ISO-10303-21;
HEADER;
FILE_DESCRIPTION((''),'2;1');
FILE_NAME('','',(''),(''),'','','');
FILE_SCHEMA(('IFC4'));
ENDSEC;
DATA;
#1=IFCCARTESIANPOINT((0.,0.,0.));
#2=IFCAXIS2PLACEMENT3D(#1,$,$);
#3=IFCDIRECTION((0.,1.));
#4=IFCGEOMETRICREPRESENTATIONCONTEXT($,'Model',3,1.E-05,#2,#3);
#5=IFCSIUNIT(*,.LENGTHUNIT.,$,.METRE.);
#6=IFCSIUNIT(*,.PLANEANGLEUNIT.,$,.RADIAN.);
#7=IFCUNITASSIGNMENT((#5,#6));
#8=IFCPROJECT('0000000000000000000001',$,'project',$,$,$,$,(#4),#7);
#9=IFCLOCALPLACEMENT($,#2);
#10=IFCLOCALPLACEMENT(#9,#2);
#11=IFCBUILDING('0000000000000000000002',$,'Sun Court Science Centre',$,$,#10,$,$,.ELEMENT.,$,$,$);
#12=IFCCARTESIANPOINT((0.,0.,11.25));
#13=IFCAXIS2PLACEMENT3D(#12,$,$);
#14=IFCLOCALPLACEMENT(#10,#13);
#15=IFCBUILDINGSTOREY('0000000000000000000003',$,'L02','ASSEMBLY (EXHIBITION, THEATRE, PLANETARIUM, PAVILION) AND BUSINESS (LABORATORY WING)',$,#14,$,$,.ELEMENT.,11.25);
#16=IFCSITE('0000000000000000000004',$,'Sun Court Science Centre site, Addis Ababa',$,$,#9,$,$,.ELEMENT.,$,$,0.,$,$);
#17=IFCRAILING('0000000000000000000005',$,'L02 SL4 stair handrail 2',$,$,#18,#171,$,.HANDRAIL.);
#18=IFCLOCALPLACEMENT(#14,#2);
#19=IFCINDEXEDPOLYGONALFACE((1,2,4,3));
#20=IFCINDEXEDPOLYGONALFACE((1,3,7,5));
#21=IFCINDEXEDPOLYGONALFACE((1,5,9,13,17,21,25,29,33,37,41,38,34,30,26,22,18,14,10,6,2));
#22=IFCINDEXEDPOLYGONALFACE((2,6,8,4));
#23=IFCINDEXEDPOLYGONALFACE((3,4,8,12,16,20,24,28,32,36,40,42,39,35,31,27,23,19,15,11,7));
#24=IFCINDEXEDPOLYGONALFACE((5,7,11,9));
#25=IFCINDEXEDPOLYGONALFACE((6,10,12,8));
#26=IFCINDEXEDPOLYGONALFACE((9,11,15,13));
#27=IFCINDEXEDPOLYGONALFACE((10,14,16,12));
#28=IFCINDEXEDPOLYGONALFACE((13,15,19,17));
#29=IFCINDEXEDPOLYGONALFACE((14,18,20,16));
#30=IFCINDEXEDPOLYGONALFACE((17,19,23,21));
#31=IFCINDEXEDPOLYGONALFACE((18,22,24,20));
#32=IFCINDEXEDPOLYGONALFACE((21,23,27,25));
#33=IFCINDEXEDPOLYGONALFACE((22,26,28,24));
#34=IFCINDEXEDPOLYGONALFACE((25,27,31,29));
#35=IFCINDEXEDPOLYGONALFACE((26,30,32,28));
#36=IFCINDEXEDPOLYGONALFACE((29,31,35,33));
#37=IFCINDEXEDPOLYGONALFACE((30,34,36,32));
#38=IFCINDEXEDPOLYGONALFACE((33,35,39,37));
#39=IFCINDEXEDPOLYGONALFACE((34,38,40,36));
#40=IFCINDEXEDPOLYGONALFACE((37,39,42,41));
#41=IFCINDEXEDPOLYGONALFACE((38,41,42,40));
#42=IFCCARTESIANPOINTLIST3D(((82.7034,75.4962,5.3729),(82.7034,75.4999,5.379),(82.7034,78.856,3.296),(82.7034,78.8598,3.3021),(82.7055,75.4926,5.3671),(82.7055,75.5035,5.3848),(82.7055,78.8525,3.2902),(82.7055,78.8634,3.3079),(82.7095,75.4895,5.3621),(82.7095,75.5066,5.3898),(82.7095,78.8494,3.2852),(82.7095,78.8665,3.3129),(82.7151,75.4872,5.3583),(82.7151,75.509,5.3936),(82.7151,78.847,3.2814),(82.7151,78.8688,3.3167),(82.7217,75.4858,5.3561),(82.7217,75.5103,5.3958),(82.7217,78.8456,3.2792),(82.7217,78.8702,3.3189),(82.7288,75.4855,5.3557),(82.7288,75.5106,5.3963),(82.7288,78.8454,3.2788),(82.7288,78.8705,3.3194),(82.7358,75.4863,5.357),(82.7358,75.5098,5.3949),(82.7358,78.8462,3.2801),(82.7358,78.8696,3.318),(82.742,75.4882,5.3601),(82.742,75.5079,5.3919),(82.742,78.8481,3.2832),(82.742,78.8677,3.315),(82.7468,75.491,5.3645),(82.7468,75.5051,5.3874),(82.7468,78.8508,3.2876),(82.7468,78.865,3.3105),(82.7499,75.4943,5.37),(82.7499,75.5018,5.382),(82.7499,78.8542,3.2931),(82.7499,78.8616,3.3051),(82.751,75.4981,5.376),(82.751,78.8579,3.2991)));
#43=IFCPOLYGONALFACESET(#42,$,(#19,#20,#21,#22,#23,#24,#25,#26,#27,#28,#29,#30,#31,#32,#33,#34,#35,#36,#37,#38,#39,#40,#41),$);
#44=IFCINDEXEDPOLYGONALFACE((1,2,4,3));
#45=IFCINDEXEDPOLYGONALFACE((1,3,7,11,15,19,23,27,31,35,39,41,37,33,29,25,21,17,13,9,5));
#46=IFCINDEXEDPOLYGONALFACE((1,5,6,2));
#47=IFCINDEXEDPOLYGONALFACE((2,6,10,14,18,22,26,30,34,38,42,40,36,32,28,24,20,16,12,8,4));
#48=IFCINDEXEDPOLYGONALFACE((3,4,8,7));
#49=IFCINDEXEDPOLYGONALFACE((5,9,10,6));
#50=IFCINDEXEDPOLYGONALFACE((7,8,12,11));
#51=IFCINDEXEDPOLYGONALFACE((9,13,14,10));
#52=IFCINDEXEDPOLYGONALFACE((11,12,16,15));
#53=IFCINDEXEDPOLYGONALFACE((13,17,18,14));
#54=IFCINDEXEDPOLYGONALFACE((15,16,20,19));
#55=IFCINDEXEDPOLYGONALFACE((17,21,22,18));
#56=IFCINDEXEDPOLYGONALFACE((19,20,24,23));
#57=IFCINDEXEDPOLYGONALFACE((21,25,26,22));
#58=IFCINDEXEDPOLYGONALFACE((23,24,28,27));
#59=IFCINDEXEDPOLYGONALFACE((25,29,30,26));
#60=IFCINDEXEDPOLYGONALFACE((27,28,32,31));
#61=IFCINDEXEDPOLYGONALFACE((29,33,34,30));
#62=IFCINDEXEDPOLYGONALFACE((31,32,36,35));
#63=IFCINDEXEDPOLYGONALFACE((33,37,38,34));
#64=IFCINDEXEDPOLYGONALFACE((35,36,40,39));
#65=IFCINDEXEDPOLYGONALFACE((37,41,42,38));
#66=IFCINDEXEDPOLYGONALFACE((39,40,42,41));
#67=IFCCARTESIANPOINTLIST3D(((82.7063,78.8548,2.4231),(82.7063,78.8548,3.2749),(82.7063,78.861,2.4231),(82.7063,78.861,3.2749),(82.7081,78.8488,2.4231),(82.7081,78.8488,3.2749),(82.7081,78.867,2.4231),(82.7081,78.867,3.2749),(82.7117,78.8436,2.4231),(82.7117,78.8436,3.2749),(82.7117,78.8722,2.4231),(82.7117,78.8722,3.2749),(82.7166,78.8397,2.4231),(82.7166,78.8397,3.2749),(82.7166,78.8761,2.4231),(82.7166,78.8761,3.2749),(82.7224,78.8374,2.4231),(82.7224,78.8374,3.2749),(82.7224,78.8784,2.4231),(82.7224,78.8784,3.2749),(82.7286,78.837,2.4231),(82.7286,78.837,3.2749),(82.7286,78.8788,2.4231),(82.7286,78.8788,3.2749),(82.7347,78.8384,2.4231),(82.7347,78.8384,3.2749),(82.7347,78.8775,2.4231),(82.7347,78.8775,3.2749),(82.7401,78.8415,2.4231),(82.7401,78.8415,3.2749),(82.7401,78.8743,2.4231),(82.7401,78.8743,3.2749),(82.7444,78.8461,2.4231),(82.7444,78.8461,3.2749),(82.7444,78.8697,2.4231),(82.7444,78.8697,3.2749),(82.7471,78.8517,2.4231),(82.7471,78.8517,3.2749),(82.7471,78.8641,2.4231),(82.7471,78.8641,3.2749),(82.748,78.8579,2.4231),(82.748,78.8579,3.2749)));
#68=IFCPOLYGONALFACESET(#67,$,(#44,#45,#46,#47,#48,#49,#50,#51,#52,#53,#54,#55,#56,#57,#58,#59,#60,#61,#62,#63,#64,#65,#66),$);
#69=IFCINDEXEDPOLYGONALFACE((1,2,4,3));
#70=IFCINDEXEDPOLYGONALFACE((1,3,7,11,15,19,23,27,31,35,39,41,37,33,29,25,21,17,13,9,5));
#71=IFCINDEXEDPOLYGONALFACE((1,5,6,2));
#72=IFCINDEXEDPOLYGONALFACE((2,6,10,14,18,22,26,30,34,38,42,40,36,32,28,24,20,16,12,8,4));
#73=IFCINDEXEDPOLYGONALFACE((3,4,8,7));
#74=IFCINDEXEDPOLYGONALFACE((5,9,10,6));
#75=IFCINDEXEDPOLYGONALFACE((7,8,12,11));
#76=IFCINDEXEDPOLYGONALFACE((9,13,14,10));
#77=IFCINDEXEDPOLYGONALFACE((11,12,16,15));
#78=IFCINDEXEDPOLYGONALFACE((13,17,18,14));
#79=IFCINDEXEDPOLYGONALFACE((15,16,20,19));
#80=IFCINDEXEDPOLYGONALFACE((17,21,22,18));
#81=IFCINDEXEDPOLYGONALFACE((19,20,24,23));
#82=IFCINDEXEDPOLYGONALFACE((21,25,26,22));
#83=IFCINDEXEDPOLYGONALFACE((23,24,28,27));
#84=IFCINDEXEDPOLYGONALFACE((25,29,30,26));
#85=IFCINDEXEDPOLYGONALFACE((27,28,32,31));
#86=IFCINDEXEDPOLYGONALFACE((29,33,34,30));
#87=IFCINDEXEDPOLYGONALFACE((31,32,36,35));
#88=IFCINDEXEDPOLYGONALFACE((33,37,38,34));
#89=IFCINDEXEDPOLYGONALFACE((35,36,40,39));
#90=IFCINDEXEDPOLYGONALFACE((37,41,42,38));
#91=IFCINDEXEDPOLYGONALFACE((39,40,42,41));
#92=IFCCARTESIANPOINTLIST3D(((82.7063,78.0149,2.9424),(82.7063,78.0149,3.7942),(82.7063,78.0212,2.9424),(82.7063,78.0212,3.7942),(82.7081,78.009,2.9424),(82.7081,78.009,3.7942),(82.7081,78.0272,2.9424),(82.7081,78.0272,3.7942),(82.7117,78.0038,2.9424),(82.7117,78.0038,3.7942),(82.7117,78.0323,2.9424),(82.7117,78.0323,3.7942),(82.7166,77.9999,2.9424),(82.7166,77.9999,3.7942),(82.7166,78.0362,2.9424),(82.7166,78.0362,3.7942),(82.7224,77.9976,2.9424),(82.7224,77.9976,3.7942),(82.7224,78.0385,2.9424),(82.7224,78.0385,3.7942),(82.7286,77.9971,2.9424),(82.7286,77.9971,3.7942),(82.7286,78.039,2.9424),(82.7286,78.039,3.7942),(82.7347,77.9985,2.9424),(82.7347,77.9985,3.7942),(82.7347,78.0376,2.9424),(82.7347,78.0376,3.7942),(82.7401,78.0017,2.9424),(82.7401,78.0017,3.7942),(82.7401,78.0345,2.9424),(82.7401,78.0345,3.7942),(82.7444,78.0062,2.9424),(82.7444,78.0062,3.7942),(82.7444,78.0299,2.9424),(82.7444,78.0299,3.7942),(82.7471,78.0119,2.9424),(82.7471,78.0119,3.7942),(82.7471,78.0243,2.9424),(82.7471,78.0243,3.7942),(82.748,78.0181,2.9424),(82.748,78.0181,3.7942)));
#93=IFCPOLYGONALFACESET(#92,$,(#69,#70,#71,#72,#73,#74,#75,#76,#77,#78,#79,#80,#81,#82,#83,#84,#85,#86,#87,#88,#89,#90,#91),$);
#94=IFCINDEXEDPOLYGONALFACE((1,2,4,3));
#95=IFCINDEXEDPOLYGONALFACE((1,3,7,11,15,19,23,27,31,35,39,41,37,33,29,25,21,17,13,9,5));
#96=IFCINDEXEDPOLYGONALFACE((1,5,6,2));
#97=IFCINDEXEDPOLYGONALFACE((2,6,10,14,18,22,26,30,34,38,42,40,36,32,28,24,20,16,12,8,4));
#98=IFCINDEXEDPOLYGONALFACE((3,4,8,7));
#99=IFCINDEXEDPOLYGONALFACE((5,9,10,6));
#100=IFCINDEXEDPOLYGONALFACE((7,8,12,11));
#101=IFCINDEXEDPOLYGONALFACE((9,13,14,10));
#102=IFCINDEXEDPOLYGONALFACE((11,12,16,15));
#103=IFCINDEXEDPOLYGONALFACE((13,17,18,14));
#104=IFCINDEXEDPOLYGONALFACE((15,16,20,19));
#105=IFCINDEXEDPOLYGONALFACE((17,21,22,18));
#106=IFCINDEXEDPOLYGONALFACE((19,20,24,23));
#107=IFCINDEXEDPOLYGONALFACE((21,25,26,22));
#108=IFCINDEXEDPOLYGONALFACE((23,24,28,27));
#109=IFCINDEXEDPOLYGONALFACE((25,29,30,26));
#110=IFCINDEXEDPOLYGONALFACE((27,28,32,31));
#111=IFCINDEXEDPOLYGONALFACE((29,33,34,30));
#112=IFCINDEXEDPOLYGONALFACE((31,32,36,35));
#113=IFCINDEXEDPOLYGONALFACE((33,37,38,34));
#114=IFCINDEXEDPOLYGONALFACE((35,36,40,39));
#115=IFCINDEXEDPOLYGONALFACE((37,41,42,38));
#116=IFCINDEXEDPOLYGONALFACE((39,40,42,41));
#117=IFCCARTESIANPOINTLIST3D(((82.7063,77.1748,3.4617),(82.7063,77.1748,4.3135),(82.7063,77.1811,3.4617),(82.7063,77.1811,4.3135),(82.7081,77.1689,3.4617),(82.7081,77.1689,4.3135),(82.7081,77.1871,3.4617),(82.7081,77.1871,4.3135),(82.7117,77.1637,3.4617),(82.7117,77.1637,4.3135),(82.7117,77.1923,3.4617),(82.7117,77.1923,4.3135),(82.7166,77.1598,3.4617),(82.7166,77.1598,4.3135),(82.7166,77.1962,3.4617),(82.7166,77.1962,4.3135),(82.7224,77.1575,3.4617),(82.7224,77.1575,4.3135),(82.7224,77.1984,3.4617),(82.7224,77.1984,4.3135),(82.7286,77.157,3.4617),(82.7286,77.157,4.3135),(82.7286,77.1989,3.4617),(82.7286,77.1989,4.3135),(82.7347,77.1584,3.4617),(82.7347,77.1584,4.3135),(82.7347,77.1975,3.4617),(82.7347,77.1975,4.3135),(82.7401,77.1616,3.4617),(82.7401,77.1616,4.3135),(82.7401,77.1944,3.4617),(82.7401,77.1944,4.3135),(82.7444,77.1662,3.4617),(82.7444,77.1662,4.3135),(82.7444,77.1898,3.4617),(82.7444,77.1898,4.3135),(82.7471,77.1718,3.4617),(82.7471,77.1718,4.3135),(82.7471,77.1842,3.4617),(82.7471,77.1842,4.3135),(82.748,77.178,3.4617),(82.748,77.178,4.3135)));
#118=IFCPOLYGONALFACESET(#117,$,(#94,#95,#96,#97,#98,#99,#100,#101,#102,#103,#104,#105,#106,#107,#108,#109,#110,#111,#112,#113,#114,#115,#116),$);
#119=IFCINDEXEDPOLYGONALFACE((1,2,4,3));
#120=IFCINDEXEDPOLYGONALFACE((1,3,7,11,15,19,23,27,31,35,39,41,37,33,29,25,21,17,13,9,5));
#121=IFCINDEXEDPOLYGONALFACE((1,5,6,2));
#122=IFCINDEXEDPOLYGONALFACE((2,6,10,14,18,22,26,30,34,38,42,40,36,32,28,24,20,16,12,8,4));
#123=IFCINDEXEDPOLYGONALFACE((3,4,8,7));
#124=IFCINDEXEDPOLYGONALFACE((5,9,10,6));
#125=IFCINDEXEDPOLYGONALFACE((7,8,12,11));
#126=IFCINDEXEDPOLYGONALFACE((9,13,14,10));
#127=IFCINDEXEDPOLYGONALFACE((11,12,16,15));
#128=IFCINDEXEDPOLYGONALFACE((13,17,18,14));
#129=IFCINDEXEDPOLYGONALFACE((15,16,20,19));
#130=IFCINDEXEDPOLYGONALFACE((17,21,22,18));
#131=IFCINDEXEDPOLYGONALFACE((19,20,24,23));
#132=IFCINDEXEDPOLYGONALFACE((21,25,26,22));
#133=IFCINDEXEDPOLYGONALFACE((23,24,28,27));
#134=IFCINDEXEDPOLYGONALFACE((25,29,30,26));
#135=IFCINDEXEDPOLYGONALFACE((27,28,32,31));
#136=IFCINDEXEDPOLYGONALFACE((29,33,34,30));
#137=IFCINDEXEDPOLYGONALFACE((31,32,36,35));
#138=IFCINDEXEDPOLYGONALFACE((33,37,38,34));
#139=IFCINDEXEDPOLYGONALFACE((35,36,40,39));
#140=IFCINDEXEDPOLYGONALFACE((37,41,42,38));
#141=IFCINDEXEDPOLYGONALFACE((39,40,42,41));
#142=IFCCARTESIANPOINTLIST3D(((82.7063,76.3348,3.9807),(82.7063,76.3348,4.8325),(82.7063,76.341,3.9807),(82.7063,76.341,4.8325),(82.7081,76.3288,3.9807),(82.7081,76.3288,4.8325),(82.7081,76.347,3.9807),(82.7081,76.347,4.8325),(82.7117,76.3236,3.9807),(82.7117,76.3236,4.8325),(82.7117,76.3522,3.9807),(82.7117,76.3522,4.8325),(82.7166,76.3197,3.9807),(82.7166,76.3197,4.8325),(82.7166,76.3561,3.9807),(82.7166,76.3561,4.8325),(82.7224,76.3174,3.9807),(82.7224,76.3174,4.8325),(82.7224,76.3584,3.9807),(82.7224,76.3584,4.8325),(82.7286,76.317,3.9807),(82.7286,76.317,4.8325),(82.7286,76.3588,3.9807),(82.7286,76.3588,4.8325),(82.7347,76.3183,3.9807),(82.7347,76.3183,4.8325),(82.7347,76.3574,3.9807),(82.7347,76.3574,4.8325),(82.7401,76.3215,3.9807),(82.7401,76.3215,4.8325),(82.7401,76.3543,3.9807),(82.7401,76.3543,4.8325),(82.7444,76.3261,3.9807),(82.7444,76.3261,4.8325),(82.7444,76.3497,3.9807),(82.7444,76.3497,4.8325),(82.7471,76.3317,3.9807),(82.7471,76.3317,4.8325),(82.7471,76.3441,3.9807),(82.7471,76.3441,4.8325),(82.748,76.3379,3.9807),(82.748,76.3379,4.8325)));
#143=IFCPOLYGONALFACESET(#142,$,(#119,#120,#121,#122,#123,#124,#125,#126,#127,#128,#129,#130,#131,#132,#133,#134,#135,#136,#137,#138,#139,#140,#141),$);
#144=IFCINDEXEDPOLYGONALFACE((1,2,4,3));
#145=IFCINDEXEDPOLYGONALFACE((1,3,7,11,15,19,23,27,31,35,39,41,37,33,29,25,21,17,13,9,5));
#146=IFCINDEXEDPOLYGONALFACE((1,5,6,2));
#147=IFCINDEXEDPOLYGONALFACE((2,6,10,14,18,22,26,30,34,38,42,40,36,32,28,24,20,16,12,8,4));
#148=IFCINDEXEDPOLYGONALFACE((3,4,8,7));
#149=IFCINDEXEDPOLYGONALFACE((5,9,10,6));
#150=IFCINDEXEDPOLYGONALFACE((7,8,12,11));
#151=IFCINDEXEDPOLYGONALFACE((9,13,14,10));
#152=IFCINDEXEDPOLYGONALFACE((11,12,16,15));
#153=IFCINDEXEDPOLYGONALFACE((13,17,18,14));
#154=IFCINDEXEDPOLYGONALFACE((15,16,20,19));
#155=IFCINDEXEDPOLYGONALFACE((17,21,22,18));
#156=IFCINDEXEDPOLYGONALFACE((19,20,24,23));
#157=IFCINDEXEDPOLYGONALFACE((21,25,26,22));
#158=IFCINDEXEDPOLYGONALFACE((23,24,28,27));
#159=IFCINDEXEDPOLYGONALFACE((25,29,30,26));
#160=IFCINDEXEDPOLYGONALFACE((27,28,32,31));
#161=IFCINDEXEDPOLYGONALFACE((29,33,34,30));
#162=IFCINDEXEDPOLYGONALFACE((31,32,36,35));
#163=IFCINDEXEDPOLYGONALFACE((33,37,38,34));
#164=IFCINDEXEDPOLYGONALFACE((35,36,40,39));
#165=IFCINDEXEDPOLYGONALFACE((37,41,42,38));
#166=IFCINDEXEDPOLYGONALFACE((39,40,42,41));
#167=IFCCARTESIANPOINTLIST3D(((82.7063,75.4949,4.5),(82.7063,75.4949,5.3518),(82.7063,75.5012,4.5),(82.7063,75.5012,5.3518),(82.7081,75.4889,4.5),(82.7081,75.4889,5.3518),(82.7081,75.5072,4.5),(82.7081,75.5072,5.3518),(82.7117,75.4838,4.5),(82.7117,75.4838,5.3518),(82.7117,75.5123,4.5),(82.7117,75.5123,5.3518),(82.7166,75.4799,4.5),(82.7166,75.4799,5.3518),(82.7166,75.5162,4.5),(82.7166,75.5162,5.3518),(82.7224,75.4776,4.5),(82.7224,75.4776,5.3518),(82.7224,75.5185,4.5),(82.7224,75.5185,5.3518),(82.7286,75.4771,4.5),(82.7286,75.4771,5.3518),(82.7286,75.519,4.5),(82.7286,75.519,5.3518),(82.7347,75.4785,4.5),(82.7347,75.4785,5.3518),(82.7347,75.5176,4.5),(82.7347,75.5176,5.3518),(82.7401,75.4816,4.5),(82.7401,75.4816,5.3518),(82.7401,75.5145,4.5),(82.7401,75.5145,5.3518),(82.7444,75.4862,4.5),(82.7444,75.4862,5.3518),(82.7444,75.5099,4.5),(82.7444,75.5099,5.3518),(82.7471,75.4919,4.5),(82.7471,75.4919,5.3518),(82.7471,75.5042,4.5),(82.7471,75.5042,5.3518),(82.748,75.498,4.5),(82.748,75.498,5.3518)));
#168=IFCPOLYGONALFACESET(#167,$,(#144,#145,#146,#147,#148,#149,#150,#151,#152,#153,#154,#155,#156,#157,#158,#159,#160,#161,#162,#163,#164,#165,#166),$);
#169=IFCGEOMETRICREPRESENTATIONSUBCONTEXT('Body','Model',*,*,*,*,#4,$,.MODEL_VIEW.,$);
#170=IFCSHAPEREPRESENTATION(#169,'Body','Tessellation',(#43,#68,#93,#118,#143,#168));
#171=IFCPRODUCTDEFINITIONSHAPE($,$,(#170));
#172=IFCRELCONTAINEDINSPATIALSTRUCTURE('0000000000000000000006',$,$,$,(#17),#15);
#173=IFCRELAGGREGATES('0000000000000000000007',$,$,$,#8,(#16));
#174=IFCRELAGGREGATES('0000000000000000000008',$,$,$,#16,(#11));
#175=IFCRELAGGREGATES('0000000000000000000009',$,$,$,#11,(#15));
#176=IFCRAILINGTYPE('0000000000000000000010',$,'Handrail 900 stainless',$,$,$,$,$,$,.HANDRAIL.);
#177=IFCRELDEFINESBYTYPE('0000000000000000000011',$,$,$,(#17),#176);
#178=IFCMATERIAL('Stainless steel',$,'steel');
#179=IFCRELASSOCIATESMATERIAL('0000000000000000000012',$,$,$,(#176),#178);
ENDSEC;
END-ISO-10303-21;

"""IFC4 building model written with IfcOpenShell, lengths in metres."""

from ifc_helpers import new_model, si_unit, direction, frame, origin, origin_2d, place, context, subcontext, project, spatial, circle, extrude, material, type_object, element, save


model = new_model("IFC4")

# Units and contexts
model_context = context("Model", 3, precision=1e-05, world=origin(), true_north=direction((0.0, 1.0)))
body_context = subcontext(model_context, "Body", "Model", "MODEL_VIEW")
ifc_project = project(units=[si_unit("LENGTHUNIT", "METRE"), si_unit("PLANEANGLEUNIT", "RADIAN")], contexts=[model_context])

# Site, building, storey
site_placement = place(None, origin())
site = spatial("IfcSite", under=ifc_project, at=site_placement, Name="Sun Court Science Centre site, Addis Ababa", CompositionType="ELEMENT", RefElevation=0.0)
building_placement = place(site_placement, origin())
building = spatial("IfcBuilding", under=site, at=building_placement, Name="Sun Court Science Centre", CompositionType="ELEMENT")
storey_placement = place(building_placement, frame((0.0, 0.0, 11.25)))
storey = spatial("IfcBuildingStorey", under=building, at=storey_placement, Name="L02", Description="ASSEMBLY (EXHIBITION, THEATRE, PLANETARIUM, PAVILION) AND BUSINESS (LABORATORY WING)", CompositionType="ELEMENT", Elevation=11.25)

# Railing
ifc_material_1 = material(Name="Stainless steel", Category="steel")
railing_type_1 = type_object("IfcRailingType", Name="Handrail 900 stainless", PredefinedType="HANDRAIL", material=ifc_material_1)
railing_1_placement = place(storey_placement, frame((82.7271, 78.8579, 2.4231)))
element("IfcRailing", 1, at=railing_1_placement, inside=storey, type_object=railing_type_1, Name="L02 SL4 stair handrail 2", PredefinedType="HANDRAIL", context=body_context, shape_type="SweptSolid", body=[
    extrude(circle(Radius=0.0239, at=origin_2d()), frame((0.0, 0.0, 0.876), z_axis=(0.0, -0.850606, 0.525803), x_axis=(1.0, 0.0, 0.0)), (0.0, 0.0, 1.0), 3.95),
    extrude(circle(Radius=0.021, at=origin_2d()), origin(), (0.0, 0.0, 1.0), 0.8518),
    extrude(circle(Radius=0.021, at=origin_2d()), frame((0.0, -0.8398, 0.5193)), (0.0, 0.0, 1.0), 0.8518),
    extrude(circle(Radius=0.021, at=origin_2d()), frame((0.0, -1.6799, 1.0386)), (0.0, 0.0, 1.0), 0.8518),
    extrude(circle(Radius=0.021, at=origin_2d()), frame((0.0, -2.52, 1.5576)), (0.0, 0.0, 1.0), 0.8518),
    extrude(circle(Radius=0.021, at=origin_2d()), frame((0.0, -3.3599, 2.0769)), (0.0, 0.0, 1.0), 0.8518),
])

save(model, "model.ifc")
